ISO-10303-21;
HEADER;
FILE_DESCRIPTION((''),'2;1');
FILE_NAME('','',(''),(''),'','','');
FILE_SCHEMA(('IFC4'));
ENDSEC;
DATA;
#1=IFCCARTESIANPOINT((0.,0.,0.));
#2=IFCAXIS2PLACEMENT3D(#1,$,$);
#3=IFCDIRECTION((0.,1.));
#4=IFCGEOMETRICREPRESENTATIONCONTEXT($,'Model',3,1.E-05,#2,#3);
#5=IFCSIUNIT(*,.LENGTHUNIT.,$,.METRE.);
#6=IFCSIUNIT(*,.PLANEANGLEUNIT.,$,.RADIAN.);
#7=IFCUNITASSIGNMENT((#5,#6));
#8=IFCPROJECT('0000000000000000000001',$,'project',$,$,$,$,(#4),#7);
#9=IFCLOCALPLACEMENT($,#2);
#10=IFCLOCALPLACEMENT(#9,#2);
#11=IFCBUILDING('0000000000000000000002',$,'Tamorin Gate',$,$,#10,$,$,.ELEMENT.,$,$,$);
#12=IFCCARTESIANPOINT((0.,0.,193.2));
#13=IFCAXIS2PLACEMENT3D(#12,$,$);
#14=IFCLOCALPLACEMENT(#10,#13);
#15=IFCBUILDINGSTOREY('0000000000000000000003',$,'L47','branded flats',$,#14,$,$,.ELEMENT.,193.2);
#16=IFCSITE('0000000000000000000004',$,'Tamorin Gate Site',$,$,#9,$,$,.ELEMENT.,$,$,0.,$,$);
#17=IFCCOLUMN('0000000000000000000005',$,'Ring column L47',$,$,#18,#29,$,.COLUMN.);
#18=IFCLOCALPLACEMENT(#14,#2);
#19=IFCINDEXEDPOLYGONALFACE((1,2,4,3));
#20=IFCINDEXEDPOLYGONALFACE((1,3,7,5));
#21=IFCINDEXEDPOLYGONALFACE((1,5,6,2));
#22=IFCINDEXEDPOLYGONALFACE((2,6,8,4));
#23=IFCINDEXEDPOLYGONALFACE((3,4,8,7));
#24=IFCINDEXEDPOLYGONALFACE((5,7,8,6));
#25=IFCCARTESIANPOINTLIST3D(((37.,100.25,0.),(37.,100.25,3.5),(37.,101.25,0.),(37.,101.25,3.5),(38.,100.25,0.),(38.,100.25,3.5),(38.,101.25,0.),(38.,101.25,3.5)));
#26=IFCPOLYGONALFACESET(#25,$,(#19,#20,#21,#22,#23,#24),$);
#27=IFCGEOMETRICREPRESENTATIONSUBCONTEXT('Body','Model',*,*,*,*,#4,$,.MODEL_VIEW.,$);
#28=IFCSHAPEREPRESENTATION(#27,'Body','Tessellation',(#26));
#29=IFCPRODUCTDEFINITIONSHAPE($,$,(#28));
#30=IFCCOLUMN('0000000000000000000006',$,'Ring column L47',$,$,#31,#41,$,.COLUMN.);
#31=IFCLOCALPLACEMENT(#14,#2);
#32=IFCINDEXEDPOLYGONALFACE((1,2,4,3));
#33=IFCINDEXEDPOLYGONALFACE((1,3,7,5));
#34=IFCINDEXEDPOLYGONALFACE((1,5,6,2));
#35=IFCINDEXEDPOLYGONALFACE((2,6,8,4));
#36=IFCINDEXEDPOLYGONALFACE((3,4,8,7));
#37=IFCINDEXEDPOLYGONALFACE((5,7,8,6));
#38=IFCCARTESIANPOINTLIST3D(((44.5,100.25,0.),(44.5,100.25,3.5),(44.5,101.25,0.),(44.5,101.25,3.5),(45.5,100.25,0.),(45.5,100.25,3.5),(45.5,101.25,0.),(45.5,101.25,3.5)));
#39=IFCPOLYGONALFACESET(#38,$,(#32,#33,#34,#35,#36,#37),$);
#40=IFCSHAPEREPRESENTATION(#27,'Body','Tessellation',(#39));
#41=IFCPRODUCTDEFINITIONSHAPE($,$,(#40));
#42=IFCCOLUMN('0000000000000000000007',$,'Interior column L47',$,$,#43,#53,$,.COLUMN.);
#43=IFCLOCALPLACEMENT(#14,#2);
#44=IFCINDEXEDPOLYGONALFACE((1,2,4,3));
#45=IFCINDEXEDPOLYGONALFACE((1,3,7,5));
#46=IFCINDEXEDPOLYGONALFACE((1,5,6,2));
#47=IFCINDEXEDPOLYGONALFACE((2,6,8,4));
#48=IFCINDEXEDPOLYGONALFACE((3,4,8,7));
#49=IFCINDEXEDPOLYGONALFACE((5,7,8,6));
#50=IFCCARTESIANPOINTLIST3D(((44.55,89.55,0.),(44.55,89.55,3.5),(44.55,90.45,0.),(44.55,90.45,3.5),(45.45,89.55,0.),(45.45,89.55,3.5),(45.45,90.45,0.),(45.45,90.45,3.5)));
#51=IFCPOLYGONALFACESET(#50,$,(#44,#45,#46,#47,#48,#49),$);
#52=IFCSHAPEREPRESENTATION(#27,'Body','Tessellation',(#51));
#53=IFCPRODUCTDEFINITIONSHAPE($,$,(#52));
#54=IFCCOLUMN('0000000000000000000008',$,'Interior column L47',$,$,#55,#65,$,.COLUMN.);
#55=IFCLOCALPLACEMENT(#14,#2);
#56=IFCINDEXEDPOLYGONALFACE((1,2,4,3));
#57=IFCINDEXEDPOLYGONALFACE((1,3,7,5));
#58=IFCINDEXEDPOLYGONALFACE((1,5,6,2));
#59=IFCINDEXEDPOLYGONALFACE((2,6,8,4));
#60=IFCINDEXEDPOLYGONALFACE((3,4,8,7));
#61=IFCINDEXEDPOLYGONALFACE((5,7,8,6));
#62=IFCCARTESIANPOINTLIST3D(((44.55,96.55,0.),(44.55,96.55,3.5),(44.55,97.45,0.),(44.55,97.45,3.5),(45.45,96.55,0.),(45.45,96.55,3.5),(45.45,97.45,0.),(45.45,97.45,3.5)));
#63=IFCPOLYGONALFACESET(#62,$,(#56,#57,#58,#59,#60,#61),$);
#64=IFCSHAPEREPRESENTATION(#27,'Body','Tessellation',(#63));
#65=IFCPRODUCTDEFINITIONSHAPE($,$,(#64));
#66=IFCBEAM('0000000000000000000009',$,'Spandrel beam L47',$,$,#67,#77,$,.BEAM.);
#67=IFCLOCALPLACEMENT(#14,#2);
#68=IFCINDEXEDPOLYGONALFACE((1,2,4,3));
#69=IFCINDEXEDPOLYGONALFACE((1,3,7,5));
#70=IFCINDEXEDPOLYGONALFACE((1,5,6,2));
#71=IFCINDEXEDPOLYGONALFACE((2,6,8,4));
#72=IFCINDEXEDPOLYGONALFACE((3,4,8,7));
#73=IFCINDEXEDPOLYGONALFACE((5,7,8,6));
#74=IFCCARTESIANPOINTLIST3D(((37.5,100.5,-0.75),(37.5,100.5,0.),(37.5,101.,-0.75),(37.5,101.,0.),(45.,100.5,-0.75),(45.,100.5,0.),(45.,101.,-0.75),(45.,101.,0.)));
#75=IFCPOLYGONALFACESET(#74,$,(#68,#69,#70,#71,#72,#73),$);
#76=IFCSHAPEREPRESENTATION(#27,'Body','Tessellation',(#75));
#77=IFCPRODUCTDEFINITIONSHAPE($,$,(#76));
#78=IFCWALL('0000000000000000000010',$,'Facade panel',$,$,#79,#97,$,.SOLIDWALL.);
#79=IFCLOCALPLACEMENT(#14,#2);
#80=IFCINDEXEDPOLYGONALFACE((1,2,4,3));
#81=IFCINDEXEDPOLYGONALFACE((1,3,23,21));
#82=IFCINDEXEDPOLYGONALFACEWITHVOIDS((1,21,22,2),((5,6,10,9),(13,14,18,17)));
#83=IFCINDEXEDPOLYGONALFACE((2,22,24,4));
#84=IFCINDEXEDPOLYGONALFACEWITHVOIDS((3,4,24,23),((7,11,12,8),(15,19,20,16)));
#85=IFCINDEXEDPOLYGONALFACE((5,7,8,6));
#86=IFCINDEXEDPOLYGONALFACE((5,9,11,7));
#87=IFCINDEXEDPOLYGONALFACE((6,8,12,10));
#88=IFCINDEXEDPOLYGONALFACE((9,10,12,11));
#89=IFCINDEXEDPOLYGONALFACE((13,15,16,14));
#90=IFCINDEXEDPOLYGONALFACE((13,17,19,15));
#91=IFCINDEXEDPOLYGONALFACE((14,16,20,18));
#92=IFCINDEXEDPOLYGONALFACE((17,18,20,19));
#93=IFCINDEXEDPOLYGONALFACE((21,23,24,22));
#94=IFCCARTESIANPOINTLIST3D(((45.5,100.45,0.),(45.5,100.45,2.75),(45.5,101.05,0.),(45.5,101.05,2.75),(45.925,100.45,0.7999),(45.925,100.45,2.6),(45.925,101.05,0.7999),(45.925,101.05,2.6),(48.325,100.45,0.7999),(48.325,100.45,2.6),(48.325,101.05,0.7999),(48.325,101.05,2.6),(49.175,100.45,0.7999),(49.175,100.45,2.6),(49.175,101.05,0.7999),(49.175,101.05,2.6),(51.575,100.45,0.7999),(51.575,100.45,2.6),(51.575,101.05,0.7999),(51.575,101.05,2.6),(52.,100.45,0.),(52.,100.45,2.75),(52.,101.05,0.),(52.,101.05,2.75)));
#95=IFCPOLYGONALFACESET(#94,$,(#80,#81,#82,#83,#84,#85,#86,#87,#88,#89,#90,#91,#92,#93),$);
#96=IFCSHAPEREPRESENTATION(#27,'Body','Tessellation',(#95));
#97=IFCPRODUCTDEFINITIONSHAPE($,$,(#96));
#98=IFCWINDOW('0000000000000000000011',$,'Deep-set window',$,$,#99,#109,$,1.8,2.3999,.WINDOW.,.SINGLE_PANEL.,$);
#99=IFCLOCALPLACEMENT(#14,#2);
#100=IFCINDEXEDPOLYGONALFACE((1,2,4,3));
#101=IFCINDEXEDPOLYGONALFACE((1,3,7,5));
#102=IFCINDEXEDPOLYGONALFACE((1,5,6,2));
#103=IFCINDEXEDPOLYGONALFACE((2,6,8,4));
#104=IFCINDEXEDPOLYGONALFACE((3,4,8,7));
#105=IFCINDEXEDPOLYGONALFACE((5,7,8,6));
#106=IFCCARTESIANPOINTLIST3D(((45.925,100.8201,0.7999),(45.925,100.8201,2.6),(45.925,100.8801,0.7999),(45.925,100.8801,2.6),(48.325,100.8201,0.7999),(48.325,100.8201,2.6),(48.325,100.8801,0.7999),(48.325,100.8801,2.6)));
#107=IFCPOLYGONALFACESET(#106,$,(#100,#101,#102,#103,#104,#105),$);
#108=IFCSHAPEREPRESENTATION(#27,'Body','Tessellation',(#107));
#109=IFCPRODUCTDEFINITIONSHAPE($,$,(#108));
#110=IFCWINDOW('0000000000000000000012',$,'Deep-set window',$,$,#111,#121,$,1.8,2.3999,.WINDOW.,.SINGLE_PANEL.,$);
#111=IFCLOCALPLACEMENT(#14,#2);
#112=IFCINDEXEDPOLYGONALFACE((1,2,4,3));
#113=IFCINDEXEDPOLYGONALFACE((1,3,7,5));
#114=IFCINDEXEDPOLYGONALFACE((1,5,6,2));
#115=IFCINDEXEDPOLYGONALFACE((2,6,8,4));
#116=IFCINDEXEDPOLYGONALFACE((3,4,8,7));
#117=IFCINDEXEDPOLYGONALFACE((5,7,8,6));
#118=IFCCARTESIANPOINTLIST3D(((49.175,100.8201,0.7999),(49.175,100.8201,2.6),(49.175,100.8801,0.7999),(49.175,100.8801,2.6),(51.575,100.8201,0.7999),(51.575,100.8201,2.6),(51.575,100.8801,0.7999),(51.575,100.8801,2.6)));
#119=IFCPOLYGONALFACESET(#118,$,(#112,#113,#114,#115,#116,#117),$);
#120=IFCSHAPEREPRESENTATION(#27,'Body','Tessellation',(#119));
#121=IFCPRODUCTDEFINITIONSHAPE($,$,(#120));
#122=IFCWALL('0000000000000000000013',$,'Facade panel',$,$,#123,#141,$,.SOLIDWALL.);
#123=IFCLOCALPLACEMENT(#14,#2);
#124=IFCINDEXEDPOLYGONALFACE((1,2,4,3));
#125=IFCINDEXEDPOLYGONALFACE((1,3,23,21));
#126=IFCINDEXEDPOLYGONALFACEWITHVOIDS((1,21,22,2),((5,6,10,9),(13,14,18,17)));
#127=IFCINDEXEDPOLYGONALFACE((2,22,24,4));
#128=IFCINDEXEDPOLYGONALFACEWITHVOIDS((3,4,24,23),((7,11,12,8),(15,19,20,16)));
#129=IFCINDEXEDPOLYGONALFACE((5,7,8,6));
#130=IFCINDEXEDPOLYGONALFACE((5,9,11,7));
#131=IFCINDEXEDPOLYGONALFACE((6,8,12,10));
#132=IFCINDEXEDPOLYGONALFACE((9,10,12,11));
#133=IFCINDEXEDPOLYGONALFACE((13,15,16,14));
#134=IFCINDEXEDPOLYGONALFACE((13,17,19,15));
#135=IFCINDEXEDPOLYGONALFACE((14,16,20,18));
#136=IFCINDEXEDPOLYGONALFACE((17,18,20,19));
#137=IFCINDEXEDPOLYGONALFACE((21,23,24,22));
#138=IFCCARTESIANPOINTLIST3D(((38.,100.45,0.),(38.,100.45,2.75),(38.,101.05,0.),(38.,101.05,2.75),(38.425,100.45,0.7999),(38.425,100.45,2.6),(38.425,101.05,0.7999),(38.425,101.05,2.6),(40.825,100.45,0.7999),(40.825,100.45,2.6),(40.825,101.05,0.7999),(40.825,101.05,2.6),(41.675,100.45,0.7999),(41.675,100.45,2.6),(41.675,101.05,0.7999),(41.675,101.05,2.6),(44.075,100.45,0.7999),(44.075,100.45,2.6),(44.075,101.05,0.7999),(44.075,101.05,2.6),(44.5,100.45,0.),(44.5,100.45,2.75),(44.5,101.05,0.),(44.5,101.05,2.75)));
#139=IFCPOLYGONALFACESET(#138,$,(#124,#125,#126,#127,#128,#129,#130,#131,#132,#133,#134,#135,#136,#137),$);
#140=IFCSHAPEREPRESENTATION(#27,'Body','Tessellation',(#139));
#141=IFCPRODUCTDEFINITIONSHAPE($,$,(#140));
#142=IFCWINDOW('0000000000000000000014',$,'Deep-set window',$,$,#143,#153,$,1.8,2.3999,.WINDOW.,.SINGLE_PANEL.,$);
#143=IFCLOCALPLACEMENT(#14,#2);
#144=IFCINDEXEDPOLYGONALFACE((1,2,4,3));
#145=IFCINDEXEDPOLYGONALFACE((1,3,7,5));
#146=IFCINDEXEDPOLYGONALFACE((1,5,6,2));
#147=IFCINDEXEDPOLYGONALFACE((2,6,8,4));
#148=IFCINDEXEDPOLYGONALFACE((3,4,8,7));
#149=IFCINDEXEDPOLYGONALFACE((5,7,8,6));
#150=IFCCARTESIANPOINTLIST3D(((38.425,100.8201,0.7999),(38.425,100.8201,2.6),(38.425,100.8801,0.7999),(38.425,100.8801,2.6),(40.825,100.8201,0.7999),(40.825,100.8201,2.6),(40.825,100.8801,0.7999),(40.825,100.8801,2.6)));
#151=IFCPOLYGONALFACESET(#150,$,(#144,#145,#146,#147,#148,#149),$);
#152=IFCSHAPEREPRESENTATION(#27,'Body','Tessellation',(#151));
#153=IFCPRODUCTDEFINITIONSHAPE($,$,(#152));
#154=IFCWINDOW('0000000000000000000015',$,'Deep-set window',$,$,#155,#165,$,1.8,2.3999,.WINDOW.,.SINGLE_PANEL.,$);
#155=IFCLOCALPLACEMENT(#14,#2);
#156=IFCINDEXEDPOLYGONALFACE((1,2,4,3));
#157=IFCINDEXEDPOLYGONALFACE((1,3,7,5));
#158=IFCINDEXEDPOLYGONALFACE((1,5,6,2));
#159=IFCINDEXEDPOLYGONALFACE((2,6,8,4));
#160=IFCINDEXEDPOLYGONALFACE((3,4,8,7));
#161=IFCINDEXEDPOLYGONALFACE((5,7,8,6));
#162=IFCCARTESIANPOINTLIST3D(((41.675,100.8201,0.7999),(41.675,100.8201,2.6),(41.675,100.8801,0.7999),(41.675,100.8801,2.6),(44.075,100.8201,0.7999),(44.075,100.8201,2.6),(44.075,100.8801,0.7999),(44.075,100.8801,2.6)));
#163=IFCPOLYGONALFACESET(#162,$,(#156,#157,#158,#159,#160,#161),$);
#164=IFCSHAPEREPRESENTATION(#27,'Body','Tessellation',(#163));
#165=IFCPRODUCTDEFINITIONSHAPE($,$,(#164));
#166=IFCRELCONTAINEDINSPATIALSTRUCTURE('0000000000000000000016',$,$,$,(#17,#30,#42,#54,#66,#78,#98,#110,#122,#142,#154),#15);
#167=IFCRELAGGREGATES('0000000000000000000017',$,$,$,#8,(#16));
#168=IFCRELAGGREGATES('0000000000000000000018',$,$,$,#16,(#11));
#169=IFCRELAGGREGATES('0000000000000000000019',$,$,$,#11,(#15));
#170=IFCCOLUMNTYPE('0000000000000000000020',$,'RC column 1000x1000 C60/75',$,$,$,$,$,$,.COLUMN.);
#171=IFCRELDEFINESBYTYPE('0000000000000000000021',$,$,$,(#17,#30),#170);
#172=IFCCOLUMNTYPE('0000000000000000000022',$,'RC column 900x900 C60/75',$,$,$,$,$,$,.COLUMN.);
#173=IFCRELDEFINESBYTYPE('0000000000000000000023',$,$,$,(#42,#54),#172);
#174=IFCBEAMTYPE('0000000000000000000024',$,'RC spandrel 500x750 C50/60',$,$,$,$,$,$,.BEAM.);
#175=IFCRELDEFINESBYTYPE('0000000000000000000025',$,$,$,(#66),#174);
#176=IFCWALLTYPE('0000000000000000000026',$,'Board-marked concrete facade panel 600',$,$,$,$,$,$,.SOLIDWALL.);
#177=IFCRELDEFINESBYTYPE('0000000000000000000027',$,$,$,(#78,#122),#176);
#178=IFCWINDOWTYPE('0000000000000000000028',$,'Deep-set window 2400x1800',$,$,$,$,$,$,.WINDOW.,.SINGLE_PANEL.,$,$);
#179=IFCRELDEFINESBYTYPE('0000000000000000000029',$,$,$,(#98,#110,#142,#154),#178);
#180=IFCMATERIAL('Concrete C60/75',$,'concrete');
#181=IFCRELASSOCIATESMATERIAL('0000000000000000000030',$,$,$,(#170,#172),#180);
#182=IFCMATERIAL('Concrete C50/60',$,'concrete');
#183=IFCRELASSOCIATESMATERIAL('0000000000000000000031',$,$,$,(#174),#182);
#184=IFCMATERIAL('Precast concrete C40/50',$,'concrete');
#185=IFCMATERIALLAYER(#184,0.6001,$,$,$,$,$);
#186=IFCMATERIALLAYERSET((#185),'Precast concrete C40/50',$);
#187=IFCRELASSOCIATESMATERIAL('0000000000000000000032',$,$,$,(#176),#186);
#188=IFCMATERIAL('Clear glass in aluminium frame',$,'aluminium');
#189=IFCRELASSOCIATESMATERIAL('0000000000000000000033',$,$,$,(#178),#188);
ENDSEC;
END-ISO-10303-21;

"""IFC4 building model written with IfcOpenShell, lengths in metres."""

from ifc_helpers import new_model, si_unit, direction, frame, frame_2d, origin, origin_2d, place, context, subcontext, project, spatial, rectangle, extrude, material, layer, layer_set, material_profile, profile_set, type_object, element, fill, save


model = new_model("IFC4")

# Units and contexts
model_context = context("Model", 3, precision=1e-05, world=origin(), true_north=direction((0.0, 1.0)))
body_context = subcontext(model_context, "Body", "Model", "MODEL_VIEW")
ifc_project = project(units=[si_unit("LENGTHUNIT", "METRE"), si_unit("PLANEANGLEUNIT", "RADIAN")], contexts=[model_context])

# Site, building, storey
site_placement = place(None, origin())
site = spatial("IfcSite", under=ifc_project, at=site_placement, Name="Tamorin Gate Site", CompositionType="ELEMENT", RefElevation=0.0)
building_placement = place(site_placement, origin())
building = spatial("IfcBuilding", under=site, at=building_placement, Name="Tamorin Gate", CompositionType="ELEMENT")
storey_placement = place(building_placement, frame((0.0, 0.0, 193.2)))
storey = spatial("IfcBuildingStorey", under=building, at=storey_placement, Name="L47", Description="branded flats", CompositionType="ELEMENT", Elevation=193.2)

# Columns
ifc_material_1 = material(Name="Concrete C60/75", Category="concrete")
ifc_material_profile_1 = material_profile(ifc_material_1, rectangle(XDim=1.0, YDim=1.0, at=origin_2d()), Name="RC 1000x1000")
ifc_profile_set_1 = profile_set([ifc_material_profile_1], Name="Concrete C60/75")
column_type_1 = type_object("IfcColumnType", Name="RC column 1000x1000 C60/75", PredefinedType="COLUMN", material=ifc_profile_set_1)
for number, where, z_axis, x_axis, name in (
    (1, (37.5, 100.75, 0.0), (0.0, 0.0, 1.0), (1.0, 0.0, 0.0), "Ring column L47"),
    (2, (45.0, 100.75, 0.0), (0.0, 0.0, 1.0), (1.0, 0.0, 0.0), "Ring column L47"),
):
    element("IfcColumn", number, at=place(storey_placement, frame(where, z_axis=z_axis, x_axis=x_axis)), inside=storey, type_object=column_type_1, Name=name, PredefinedType="COLUMN", context=body_context, shape_type="SweptSolid", body=[
        extrude(rectangle(XDim=1.0, YDim=1.0, at=origin_2d()), origin(), (0.0, 0.0, 1.0), 3.5),
    ])
ifc_material_profile_2 = material_profile(ifc_material_1, rectangle(XDim=0.8999, YDim=0.8999, at=origin_2d()), Name="RC 900x900")
ifc_profile_set_2 = profile_set([ifc_material_profile_2], Name="Concrete C60/75")
column_type_2 = type_object("IfcColumnType", Name="RC column 900x900 C60/75", PredefinedType="COLUMN", material=ifc_profile_set_2)
for number, where, z_axis, x_axis, name in (
    (3, (45.0, 90.0, 0.0), (0.0, 0.0, 1.0), (1.0, 0.0, 0.0), "Interior column L47"),
    (4, (45.0, 97.0, 0.0), (0.0, 0.0, 1.0), (1.0, 0.0, 0.0), "Interior column L47"),
):
    element("IfcColumn", number, at=place(storey_placement, frame(where, z_axis=z_axis, x_axis=x_axis)), inside=storey, type_object=column_type_2, Name=name, PredefinedType="COLUMN", context=body_context, shape_type="SweptSolid", body=[
        extrude(rectangle(XDim=0.8999, YDim=0.8999, at=origin_2d()), origin(), (0.0, 0.0, 1.0), 3.5),
    ])

# Beam
ifc_material_2 = material(Name="Concrete C50/60", Category="concrete")
ifc_material_profile_3 = material_profile(ifc_material_2, rectangle(XDim=0.5, YDim=0.75, at=origin_2d()), Name="RC 500x750")
ifc_profile_set_3 = profile_set([ifc_material_profile_3], Name="Concrete C50/60")
beam_type = type_object("IfcBeamType", Name="RC spandrel 500x750 C50/60", PredefinedType="BEAM", material=ifc_profile_set_3)
beam_placement = place(storey_placement, frame((45.0, 100.75, -0.375), z_axis=(-1.0, 0.0, 0.0), x_axis=(0.0, -1.0, 0.0)))
element("IfcBeam", 5, at=beam_placement, inside=storey, type_object=beam_type, Name="Spandrel beam L47", PredefinedType="BEAM", context=body_context, shape_type="SweptSolid", body=[
    extrude(rectangle(XDim=0.5, YDim=0.75, at=origin_2d()), origin(), (0.0, 0.0, 1.0), 7.5),
])

# Walls, openings, windows
ifc_material_3 = material(Name="Precast concrete C40/50", Category="concrete")
ifc_layer_1 = layer(ifc_material_3, 0.6001)
ifc_layer_set_1 = layer_set([ifc_layer_1], Name="Precast concrete C40/50")
wall_type_1 = type_object("IfcWallType", Name="Board-marked concrete facade panel 600", PredefinedType="SOLIDWALL", material=ifc_layer_set_1)
wall_1_placement = place(storey_placement, frame((52.0, 100.75, 0.0), z_axis=(0.0, 0.0, 1.0), x_axis=(-1.0, 0.0, 0.0)))
wall_1 = element("IfcWall", 6, at=wall_1_placement, inside=storey, type_object=wall_type_1, Name="Facade panel", PredefinedType="SOLIDWALL", context=body_context, shape_type="SweptSolid", body=[
    extrude(rectangle(XDim=6.5, YDim=0.6001, at=frame_2d((3.25, 0.0))), origin(), (0.0, 0.0, 1.0), 2.75),
])
opening_1_placement = place(wall_1_placement, frame((3.675, 0.0, 0.8)))
opening_1 = element("IfcOpeningElement", 7, at=opening_1_placement, cuts=wall_1, PredefinedType="OPENING", context=body_context, shape_type="SweptSolid", body=[
    extrude(rectangle(XDim=2.3999, YDim=1.8, at=frame_2d((1.2, 0.8999))), frame((0.0, 0.3101, 0.0), z_axis=(0.0, -1.0, 0.0), x_axis=(1.0, 0.0, 0.0)), (0.0, 0.0, 1.0), 0.6201),
])
opening_2_placement = place(wall_1_placement, frame((0.425, 0.0, 0.8)))
opening_2 = element("IfcOpeningElement", 8, at=opening_2_placement, cuts=wall_1, PredefinedType="OPENING", context=body_context, shape_type="SweptSolid", body=[
    extrude(rectangle(XDim=2.3999, YDim=1.8, at=frame_2d((1.2, 0.8999))), frame((0.0, 0.3101, 0.0), z_axis=(0.0, -1.0, 0.0), x_axis=(1.0, 0.0, 0.0)), (0.0, 0.0, 1.0), 0.6201),
])
ifc_material_4 = material(Name="Clear glass in aluminium frame", Category="aluminium")
window_type = type_object("IfcWindowType", Name="Deep-set window 2400x1800", PartitioningType="SINGLE_PANEL", PredefinedType="WINDOW", material=ifc_material_4)
window_1_placement = place(opening_1_placement, origin())
window_1 = element("IfcWindow", 9, at=window_1_placement, inside=storey, type_object=window_type, Name="Deep-set window", OverallHeight=1.8, OverallWidth=2.3999, PartitioningType="SINGLE_PANEL", PredefinedType="WINDOW", context=body_context, shape_type="SweptSolid", body=[
    extrude(rectangle(XDim=2.3999, YDim=1.8, at=frame_2d((1.2, 0.8999))), frame((0.0, -0.0701, 0.0), z_axis=(0.0, -1.0, 0.0), x_axis=(1.0, 0.0, 0.0)), (0.0, 0.0, 1.0), 0.0601),
])
fill(opening_1, window_1)
window_2_placement = place(opening_2_placement, origin())
window_2 = element("IfcWindow", 10, at=window_2_placement, inside=storey, type_object=window_type, Name="Deep-set window", OverallHeight=1.8, OverallWidth=2.3999, PartitioningType="SINGLE_PANEL", PredefinedType="WINDOW", context=body_context, shape_type="SweptSolid", body=[
    extrude(rectangle(XDim=2.3999, YDim=1.8, at=frame_2d((1.2, 0.8999))), frame((0.0, -0.0701, 0.0), z_axis=(0.0, -1.0, 0.0), x_axis=(1.0, 0.0, 0.0)), (0.0, 0.0, 1.0), 0.0601),
])
fill(opening_2, window_2)
wall_2_placement = place(storey_placement, frame((44.5, 100.75, 0.0), z_axis=(0.0, 0.0, 1.0), x_axis=(-1.0, 0.0, 0.0)))
wall_2 = element("IfcWall", 11, at=wall_2_placement, inside=storey, type_object=wall_type_1, Name="Facade panel", PredefinedType="SOLIDWALL", context=body_context, shape_type="SweptSolid", body=[
    extrude(rectangle(XDim=6.5, YDim=0.6001, at=frame_2d((3.25, 0.0))), origin(), (0.0, 0.0, 1.0), 2.75),
])
opening_3_placement = place(wall_2_placement, frame((3.675, 0.0, 0.8)))
opening_3 = element("IfcOpeningElement", 12, at=opening_3_placement, cuts=wall_2, PredefinedType="OPENING", context=body_context, shape_type="SweptSolid", body=[
    extrude(rectangle(XDim=2.3999, YDim=1.8, at=frame_2d((1.2, 0.8999))), frame((0.0, 0.3101, 0.0), z_axis=(0.0, -1.0, 0.0), x_axis=(1.0, 0.0, 0.0)), (0.0, 0.0, 1.0), 0.6201),
])
opening_4_placement = place(wall_2_placement, frame((0.425, 0.0, 0.8)))
opening_4 = element("IfcOpeningElement", 13, at=opening_4_placement, cuts=wall_2, PredefinedType="OPENING", context=body_context, shape_type="SweptSolid", body=[
    extrude(rectangle(XDim=2.3999, YDim=1.8, at=frame_2d((1.2, 0.8999))), frame((0.0, 0.3101, 0.0), z_axis=(0.0, -1.0, 0.0), x_axis=(1.0, 0.0, 0.0)), (0.0, 0.0, 1.0), 0.6201),
])
window_3_placement = place(opening_3_placement, origin())
window_3 = element("IfcWindow", 14, at=window_3_placement, inside=storey, type_object=window_type, Name="Deep-set window", OverallHeight=1.8, OverallWidth=2.3999, PartitioningType="SINGLE_PANEL", PredefinedType="WINDOW", context=body_context, shape_type="SweptSolid", body=[
    extrude(rectangle(XDim=2.3999, YDim=1.8, at=frame_2d((1.2, 0.8999))), frame((0.0, -0.0701, 0.0), z_axis=(0.0, -1.0, 0.0), x_axis=(1.0, 0.0, 0.0)), (0.0, 0.0, 1.0), 0.0601),
])
fill(opening_3, window_3)
window_4_placement = place(opening_4_placement, origin())
window_4 = element("IfcWindow", 15, at=window_4_placement, inside=storey, type_object=window_type, Name="Deep-set window", OverallHeight=1.8, OverallWidth=2.3999, PartitioningType="SINGLE_PANEL", PredefinedType="WINDOW", context=body_context, shape_type="SweptSolid", body=[
    extrude(rectangle(XDim=2.3999, YDim=1.8, at=frame_2d((1.2, 0.8999))), frame((0.0, -0.0701, 0.0), z_axis=(0.0, -1.0, 0.0), x_axis=(1.0, 0.0, 0.0)), (0.0, 0.0, 1.0), 0.0601),
])
fill(opening_4, window_4)

save(model, "model.ifc")
